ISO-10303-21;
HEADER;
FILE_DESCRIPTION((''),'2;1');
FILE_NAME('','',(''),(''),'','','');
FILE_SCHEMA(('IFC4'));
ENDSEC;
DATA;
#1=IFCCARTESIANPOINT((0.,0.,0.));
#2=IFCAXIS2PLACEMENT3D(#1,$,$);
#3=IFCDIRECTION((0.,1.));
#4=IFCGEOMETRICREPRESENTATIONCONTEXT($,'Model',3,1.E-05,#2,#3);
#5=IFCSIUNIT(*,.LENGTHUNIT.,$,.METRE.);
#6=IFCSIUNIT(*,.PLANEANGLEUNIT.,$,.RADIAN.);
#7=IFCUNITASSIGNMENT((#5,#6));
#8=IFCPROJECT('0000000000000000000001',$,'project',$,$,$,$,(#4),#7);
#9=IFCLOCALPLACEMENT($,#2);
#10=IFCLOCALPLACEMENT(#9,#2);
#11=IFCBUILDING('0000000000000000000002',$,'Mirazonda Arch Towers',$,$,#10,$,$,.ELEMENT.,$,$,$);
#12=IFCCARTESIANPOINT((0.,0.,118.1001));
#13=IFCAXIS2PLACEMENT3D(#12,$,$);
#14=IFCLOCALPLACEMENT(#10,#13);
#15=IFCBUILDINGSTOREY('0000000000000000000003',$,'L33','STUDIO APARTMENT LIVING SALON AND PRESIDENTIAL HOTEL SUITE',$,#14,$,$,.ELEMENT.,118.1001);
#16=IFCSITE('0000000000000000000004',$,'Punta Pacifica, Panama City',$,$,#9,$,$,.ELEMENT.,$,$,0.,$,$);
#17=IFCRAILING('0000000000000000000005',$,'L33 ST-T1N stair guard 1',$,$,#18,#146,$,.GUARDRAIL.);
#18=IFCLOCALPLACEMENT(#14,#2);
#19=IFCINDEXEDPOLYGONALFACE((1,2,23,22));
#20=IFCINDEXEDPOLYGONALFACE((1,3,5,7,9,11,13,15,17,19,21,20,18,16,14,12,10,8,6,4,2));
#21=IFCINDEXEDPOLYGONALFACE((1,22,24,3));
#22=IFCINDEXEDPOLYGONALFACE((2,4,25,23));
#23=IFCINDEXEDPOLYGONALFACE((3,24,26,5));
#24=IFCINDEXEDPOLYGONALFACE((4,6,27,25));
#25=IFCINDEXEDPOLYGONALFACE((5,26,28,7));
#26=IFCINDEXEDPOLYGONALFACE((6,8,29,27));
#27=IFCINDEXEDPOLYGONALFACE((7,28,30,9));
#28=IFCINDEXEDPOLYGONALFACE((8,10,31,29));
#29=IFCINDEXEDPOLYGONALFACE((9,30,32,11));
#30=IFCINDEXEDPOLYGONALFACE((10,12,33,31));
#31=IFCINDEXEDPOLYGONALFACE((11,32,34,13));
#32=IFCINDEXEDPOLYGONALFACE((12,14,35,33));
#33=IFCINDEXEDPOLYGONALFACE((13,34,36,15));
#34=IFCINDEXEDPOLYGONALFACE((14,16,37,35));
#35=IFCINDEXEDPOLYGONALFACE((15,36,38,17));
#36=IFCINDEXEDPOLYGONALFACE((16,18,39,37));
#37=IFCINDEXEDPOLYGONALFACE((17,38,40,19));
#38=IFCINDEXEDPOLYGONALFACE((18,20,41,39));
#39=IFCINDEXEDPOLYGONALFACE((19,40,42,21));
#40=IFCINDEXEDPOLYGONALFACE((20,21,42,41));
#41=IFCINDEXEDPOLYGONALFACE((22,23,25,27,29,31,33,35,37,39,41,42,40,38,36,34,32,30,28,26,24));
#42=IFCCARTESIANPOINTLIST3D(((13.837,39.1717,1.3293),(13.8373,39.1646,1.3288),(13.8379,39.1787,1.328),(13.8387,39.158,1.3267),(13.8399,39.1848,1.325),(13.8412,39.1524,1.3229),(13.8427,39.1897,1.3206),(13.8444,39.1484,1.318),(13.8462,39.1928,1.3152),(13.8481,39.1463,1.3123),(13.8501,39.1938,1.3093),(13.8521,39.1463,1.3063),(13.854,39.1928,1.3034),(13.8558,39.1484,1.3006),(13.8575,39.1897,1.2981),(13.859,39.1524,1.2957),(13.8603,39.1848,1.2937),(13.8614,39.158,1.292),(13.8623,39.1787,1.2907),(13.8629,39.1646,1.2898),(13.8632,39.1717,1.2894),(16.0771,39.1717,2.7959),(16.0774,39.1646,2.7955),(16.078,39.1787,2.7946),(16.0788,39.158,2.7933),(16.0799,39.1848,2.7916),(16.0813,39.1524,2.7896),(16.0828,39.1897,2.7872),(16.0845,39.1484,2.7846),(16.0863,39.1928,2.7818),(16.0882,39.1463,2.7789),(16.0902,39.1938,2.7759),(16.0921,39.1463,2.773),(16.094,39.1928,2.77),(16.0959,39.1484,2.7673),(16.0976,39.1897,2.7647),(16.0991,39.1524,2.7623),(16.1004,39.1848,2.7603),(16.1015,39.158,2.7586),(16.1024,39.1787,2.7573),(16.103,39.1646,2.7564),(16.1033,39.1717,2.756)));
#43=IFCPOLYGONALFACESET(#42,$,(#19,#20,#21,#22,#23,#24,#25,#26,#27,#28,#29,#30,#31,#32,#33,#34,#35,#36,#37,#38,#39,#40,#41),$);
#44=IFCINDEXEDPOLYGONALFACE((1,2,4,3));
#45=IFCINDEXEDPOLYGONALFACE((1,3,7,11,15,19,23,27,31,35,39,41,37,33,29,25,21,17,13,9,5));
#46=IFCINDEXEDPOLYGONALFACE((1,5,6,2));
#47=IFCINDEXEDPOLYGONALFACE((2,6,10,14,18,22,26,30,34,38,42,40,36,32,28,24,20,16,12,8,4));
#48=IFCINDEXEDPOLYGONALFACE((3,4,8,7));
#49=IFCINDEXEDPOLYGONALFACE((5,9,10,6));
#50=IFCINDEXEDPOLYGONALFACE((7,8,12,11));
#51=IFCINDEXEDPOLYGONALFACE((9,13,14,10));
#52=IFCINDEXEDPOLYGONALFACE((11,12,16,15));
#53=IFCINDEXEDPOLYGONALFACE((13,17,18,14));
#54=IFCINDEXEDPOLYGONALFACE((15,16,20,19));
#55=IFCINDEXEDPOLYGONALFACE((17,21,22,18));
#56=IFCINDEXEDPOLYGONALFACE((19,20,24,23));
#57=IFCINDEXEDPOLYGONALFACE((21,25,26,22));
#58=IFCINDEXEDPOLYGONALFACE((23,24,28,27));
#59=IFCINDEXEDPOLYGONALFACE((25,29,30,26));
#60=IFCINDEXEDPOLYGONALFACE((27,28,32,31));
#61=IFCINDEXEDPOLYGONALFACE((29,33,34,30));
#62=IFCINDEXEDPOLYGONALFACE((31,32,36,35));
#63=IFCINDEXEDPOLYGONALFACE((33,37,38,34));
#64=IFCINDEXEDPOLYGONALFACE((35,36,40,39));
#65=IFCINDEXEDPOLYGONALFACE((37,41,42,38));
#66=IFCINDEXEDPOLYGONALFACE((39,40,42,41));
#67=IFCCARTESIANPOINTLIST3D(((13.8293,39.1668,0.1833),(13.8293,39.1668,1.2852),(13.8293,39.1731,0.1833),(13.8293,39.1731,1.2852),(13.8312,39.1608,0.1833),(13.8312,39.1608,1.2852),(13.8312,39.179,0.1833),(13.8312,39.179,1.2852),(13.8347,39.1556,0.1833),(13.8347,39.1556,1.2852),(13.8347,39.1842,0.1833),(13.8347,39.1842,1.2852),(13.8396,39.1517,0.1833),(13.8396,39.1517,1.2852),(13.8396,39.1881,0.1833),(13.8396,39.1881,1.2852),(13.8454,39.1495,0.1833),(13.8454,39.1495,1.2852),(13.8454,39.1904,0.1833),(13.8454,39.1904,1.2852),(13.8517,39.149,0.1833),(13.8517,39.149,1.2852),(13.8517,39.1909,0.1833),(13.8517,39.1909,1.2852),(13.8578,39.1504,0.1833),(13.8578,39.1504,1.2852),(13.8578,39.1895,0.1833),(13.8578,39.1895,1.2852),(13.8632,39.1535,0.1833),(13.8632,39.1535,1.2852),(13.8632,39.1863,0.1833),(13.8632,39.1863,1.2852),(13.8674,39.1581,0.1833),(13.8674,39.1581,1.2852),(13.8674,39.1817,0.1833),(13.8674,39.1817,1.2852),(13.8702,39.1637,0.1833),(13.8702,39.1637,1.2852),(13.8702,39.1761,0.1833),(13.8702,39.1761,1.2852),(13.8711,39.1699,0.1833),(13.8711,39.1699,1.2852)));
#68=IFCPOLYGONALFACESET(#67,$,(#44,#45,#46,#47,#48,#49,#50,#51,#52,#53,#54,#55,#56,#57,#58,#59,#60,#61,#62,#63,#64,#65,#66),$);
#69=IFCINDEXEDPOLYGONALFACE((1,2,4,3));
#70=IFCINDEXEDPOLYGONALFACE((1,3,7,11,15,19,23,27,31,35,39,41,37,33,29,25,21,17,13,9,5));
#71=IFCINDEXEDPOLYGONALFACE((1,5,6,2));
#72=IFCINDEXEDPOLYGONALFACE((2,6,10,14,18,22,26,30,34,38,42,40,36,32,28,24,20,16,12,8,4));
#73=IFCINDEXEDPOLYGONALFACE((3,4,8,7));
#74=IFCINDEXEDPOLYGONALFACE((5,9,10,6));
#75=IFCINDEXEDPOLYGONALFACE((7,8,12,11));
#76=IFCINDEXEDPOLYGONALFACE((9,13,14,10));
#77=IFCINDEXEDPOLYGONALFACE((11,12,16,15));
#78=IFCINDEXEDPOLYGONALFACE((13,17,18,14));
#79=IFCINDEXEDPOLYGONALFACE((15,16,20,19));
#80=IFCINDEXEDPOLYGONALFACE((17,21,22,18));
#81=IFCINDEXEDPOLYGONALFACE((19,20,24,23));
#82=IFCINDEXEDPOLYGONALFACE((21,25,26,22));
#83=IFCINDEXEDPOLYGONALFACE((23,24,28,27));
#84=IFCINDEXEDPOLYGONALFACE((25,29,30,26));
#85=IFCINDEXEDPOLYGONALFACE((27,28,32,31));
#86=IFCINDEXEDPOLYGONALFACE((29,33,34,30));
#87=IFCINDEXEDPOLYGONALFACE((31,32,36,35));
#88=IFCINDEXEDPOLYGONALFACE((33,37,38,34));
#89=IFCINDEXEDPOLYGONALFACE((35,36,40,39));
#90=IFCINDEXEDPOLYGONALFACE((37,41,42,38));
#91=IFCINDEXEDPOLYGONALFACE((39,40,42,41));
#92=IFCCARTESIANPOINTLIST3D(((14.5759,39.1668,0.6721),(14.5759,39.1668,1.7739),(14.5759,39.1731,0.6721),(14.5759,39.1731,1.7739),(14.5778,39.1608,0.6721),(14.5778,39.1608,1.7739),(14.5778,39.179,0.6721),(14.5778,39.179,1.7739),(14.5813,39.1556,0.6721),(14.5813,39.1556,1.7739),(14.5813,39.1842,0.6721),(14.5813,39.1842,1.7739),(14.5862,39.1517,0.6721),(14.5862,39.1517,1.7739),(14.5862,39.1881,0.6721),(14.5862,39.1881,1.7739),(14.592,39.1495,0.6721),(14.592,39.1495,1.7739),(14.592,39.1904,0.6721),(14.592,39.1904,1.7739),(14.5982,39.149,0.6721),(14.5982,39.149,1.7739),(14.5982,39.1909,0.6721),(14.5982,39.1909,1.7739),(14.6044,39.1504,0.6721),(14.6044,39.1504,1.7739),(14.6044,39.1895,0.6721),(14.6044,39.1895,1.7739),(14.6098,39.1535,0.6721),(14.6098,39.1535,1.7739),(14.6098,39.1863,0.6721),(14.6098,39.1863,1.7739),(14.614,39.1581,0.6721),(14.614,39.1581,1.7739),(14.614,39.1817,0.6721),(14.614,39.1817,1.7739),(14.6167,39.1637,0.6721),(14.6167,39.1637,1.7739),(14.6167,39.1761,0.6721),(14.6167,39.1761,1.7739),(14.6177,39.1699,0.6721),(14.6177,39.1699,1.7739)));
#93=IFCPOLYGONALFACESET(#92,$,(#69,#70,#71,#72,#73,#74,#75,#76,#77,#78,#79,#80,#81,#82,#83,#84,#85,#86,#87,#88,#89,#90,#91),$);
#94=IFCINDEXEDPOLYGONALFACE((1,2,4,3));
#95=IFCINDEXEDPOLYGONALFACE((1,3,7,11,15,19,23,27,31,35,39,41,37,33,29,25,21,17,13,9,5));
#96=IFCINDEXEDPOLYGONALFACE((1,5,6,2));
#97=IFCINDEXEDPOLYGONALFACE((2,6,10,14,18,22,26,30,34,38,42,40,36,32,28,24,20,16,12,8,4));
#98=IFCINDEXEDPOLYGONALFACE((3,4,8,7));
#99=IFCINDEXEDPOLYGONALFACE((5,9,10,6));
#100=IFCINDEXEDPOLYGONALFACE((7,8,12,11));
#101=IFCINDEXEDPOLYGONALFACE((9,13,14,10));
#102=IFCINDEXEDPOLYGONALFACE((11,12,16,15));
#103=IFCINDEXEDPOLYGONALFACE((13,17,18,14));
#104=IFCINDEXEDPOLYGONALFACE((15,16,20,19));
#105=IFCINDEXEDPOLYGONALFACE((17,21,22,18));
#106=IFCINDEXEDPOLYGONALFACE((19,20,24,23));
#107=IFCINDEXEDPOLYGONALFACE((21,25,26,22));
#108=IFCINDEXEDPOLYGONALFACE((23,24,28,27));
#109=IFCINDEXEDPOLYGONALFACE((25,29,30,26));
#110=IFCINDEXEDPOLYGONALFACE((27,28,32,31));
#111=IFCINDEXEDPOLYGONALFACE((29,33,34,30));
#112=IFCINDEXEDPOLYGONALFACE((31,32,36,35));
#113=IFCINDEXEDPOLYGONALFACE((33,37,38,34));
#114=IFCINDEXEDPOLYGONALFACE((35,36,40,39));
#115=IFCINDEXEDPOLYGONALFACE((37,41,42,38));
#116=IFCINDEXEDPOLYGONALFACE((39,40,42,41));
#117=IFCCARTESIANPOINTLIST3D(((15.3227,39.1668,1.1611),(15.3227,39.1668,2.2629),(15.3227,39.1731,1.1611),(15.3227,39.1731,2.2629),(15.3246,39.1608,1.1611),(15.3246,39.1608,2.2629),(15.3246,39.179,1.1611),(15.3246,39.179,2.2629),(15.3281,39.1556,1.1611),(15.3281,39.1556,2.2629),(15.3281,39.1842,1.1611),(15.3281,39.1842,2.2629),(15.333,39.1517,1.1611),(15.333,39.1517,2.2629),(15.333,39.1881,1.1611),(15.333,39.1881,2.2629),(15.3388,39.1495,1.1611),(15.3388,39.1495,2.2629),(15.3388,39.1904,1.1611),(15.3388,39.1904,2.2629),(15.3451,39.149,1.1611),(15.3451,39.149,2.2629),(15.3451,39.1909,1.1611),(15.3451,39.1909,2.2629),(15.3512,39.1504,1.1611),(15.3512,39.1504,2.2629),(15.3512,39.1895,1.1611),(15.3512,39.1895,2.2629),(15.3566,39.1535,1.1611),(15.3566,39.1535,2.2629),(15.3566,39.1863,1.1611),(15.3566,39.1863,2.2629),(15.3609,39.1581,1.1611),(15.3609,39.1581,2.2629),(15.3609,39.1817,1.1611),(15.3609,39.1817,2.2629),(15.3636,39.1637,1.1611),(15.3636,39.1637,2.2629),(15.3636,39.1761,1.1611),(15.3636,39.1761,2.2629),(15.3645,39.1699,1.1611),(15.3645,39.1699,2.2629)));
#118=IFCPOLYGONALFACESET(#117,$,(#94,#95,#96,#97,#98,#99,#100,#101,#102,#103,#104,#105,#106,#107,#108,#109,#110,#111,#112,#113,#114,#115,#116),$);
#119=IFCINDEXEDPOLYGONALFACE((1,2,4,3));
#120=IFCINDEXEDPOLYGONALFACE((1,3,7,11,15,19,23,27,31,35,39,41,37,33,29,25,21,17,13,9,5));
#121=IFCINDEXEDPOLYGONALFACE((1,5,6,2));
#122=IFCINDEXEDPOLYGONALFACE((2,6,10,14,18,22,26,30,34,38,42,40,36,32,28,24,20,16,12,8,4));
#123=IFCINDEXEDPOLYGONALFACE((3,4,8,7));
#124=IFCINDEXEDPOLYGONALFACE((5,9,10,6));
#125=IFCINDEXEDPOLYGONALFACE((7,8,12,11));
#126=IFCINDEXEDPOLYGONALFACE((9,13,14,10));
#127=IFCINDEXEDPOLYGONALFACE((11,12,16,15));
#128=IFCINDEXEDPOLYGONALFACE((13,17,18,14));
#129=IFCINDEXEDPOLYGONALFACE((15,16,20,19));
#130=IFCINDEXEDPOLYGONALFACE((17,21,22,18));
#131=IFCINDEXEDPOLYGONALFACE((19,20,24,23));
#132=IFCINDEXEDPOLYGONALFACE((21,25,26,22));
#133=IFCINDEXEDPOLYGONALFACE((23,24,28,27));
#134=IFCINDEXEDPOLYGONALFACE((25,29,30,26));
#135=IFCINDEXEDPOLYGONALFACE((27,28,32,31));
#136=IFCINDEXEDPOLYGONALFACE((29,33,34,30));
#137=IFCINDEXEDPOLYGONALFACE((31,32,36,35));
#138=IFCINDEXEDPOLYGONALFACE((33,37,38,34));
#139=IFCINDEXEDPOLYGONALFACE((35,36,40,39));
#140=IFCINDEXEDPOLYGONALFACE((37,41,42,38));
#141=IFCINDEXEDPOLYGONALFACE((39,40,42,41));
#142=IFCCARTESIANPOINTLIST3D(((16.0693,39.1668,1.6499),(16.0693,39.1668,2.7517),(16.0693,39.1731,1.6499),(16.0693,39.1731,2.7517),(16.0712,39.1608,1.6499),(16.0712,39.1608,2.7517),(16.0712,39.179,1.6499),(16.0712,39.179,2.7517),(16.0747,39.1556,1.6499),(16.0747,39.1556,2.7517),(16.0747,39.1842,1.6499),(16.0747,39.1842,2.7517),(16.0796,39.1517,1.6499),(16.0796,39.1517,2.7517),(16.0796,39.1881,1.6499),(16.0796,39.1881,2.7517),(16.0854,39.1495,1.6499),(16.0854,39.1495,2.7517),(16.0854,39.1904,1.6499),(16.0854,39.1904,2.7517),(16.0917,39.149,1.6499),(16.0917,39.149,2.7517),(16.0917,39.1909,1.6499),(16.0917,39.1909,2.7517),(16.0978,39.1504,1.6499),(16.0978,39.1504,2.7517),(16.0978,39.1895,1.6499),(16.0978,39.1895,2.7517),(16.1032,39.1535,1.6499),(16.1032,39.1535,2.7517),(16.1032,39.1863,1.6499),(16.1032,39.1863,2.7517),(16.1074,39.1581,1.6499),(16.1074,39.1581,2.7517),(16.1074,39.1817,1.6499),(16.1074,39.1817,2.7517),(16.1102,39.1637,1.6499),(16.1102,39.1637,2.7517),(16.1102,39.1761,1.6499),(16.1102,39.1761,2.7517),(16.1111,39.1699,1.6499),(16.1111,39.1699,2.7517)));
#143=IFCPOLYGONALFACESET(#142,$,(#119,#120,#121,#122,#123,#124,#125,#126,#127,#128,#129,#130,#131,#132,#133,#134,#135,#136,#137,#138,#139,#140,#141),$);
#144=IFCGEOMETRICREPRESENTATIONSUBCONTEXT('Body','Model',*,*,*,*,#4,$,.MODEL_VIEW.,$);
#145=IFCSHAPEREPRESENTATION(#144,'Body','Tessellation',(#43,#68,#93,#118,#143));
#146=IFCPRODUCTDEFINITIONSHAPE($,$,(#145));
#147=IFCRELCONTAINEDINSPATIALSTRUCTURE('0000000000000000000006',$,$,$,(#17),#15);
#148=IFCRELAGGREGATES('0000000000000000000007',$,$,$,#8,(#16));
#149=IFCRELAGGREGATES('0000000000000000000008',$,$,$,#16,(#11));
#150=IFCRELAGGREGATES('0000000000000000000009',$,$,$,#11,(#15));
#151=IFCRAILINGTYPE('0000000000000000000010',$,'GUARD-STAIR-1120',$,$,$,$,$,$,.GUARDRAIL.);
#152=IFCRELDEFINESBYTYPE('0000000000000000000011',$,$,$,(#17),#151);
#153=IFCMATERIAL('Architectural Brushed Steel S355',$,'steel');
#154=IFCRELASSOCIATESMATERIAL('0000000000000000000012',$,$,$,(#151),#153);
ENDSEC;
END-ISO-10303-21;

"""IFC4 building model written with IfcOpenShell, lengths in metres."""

from ifc_helpers import new_model, si_unit, direction, frame, origin, origin_2d, place, context, subcontext, project, spatial, circle, extrude, material, type_object, element, save


model = new_model("IFC4")

# Units and contexts
model_context = context("Model", 3, precision=1e-05, world=origin(), true_north=direction((0.0, 1.0)))
body_context = subcontext(model_context, "Body", "Model", "MODEL_VIEW")
ifc_project = project(units=[si_unit("LENGTHUNIT", "METRE"), si_unit("PLANEANGLEUNIT", "RADIAN")], contexts=[model_context])

# Site, building, storey
site_placement = place(None, origin())
site = spatial("IfcSite", under=ifc_project, at=site_placement, Name="Punta Pacifica, Panama City", CompositionType="ELEMENT", RefElevation=0.0)
building_placement = place(site_placement, origin())
building = spatial("IfcBuilding", under=site, at=building_placement, Name="Mirazonda Arch Towers", CompositionType="ELEMENT")
storey_placement = place(building_placement, frame((0.0, 0.0, 118.1001)))
storey = spatial("IfcBuildingStorey", under=building, at=storey_placement, Name="L33", Description="STUDIO APARTMENT LIVING SALON AND PRESIDENTIAL HOTEL SUITE", CompositionType="ELEMENT", Elevation=118.1001)

# Shared definitions
ifc_material_1 = material(Name="Architectural Brushed Steel S355", Category="steel")

# Railing
railing_type_1 = type_object("IfcRailingType", Name="GUARD-STAIR-1120", PredefinedType="GUARDRAIL", material=ifc_material_1)
railing_1_placement = place(storey_placement, frame((13.8501, 39.1699, 0.1833)))
element("IfcRailing", 1, at=railing_1_placement, inside=storey, type_object=railing_type_1, Name="L33 ST-T1N stair guard 1", PredefinedType="GUARDRAIL", context=body_context, shape_type="SweptSolid", body=[
    extrude(circle(Radius=0.0239, at=origin_2d()), frame((0.0, 0.0, 1.126), z_axis=(0.836637, 0.0, 0.547758), x_axis=(0.0, 1.0, 0.0)), (0.0, 0.0, 1.0), 2.6775),
    extrude(circle(Radius=0.021, at=origin_2d()), origin(), (0.0, 0.0, 1.0), 1.1018),
    extrude(circle(Radius=0.021, at=origin_2d()), frame((0.7466, 0.0, 0.4888)), (0.0, 0.0, 1.0), 1.1018),
    extrude(circle(Radius=0.021, at=origin_2d()), frame((1.4934, 0.0, 0.9778)), (0.0, 0.0, 1.0), 1.1018),
    extrude(circle(Radius=0.021, at=origin_2d()), frame((2.24, 0.0, 1.4666)), (0.0, 0.0, 1.0), 1.1018),
])

save(model, "model.ifc")
